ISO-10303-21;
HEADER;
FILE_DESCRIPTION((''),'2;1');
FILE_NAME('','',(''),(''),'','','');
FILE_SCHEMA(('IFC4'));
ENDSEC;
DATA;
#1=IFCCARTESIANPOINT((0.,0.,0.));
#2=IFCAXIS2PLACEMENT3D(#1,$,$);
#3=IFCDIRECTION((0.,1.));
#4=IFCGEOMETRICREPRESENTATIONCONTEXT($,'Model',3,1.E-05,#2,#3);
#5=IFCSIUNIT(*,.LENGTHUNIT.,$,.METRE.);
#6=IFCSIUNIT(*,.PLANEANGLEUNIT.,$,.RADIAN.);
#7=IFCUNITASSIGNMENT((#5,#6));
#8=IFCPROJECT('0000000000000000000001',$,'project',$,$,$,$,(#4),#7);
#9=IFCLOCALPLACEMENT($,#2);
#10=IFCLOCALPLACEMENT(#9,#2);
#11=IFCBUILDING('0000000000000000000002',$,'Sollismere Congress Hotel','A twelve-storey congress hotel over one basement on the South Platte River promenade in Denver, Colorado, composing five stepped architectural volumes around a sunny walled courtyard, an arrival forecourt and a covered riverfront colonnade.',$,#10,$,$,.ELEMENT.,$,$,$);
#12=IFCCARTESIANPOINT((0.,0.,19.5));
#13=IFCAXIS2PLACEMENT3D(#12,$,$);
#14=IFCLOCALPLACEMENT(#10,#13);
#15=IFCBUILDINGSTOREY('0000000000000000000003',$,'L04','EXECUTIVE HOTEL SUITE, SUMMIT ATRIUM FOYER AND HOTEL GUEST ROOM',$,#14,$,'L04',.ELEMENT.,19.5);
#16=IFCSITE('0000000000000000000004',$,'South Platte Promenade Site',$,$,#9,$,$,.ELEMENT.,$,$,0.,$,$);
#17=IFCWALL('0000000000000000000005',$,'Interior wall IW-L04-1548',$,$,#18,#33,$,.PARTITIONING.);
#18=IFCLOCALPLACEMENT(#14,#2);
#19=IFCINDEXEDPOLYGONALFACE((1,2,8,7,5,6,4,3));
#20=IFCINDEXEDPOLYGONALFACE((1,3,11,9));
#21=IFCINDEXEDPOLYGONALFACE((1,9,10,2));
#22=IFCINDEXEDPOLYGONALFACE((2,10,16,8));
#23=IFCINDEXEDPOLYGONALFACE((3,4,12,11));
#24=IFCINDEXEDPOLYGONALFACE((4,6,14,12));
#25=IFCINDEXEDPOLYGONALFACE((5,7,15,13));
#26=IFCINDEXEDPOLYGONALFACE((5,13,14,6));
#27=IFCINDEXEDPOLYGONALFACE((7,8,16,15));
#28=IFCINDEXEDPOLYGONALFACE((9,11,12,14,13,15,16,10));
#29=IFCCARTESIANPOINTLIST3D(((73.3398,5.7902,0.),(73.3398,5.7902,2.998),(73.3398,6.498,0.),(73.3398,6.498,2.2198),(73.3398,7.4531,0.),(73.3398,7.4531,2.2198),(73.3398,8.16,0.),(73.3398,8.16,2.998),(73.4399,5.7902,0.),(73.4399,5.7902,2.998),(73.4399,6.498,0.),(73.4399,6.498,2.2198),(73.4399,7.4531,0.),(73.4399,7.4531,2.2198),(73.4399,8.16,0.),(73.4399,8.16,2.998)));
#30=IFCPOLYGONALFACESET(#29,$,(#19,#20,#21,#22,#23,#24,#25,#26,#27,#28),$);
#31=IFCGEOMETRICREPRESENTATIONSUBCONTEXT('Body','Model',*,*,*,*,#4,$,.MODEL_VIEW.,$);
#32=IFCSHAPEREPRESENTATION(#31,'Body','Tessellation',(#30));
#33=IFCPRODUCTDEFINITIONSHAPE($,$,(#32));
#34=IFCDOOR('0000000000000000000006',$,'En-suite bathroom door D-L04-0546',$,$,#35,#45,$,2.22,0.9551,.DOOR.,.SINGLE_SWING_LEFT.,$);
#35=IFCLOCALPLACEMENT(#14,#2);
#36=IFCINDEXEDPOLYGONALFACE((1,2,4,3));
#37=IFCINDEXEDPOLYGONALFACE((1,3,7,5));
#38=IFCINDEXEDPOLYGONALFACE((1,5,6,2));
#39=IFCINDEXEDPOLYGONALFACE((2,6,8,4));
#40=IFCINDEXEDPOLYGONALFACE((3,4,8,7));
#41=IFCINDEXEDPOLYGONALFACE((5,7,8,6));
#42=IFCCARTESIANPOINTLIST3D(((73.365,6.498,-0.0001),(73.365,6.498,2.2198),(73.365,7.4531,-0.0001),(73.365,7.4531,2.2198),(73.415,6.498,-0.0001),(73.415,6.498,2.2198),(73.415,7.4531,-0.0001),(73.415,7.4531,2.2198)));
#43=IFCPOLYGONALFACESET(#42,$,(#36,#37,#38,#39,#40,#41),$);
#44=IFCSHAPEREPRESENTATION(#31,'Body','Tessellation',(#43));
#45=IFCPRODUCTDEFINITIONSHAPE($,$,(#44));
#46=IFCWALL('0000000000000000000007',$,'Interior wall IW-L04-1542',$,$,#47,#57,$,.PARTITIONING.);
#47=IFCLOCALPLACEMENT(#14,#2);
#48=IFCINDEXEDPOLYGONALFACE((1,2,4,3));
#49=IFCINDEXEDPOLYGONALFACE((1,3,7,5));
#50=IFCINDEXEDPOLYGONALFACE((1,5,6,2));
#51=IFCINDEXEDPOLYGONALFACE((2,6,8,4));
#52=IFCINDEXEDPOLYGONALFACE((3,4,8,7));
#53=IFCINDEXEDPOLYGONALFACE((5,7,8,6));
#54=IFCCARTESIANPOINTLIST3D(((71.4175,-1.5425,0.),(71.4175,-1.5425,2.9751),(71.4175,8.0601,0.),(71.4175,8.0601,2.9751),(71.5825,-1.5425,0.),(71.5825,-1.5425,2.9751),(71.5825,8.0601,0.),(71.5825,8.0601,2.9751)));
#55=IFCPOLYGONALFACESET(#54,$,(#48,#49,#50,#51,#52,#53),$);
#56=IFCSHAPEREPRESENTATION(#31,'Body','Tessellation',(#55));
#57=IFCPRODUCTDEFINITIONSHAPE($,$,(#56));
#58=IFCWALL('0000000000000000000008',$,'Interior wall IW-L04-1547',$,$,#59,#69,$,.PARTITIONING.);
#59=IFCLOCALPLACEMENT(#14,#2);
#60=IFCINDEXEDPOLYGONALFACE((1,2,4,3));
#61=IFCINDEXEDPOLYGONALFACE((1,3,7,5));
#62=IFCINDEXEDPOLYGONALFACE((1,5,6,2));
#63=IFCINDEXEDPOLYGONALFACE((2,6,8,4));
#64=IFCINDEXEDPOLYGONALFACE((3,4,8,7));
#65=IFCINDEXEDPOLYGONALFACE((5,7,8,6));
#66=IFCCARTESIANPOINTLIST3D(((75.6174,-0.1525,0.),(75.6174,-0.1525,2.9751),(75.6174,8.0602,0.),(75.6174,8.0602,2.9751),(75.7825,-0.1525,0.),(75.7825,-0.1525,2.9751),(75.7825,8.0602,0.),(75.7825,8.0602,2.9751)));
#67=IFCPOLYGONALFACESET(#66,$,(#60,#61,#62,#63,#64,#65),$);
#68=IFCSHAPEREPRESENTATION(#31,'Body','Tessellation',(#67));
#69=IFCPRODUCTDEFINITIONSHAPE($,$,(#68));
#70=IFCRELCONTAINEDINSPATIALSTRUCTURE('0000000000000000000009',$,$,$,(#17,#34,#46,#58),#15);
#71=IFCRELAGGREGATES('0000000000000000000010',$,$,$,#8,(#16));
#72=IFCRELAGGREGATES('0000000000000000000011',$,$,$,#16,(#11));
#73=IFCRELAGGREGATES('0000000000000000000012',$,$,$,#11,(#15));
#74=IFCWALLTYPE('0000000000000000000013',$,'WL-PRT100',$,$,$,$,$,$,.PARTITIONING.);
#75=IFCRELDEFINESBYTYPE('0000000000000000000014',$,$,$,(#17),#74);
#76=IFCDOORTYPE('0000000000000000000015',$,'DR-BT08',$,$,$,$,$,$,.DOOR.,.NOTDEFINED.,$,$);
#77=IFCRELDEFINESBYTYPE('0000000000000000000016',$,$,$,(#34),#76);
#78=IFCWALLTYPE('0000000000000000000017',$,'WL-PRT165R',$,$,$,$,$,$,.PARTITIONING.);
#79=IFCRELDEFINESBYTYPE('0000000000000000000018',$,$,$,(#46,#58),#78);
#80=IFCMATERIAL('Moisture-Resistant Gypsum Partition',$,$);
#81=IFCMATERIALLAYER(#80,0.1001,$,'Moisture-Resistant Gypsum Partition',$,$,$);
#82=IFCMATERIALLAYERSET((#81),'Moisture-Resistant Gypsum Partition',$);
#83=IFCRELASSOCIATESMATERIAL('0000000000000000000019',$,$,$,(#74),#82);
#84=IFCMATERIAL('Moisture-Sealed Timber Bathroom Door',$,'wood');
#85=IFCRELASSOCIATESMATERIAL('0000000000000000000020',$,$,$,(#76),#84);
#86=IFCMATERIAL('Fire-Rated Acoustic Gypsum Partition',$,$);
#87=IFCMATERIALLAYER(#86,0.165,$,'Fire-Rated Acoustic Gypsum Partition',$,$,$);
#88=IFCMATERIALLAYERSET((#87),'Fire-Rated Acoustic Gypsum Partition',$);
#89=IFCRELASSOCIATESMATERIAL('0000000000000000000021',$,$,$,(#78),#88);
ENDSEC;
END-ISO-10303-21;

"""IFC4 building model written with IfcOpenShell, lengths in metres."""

from ifc_helpers import new_model, si_unit, direction, frame, frame_2d, origin, place, context, subcontext, project, spatial, rectangle, extrude, material, layer, layer_set, type_object, element, fill, save


model = new_model("IFC4")

# Units and contexts
model_context = context("Model", 3, precision=1e-05, world=origin(), true_north=direction((0.0, 1.0)))
body_context = subcontext(model_context, "Body", "Model", "MODEL_VIEW")
ifc_project = project(units=[si_unit("LENGTHUNIT", "METRE"), si_unit("PLANEANGLEUNIT", "RADIAN")], contexts=[model_context])

# Site, building, storey
site_placement = place(None, origin())
site = spatial("IfcSite", under=ifc_project, at=site_placement, Name="South Platte Promenade Site", CompositionType="ELEMENT", RefElevation=0.0)
building_placement = place(site_placement, origin())
building = spatial("IfcBuilding", under=site, at=building_placement, Name="Sollismere Congress Hotel", Description="A twelve-storey congress hotel over one basement on the South Platte River promenade in Denver, Colorado, composing five stepped architectural volumes around a sunny walled courtyard, an arrival forecourt and a covered riverfront colonnade.", CompositionType="ELEMENT")
storey_placement = place(building_placement, frame((0.0, 0.0, 19.5)))
storey = spatial("IfcBuildingStorey", under=building, at=storey_placement, Name="L04", Description="EXECUTIVE HOTEL SUITE, SUMMIT ATRIUM FOYER AND HOTEL GUEST ROOM", LongName="L04", CompositionType="ELEMENT", Elevation=19.5)

# Wall, opening, door
ifc_material_1 = material(Name="Moisture-Resistant Gypsum Partition")
ifc_layer_1 = layer(ifc_material_1, 0.1001, Name="Moisture-Resistant Gypsum Partition")
ifc_layer_set_1 = layer_set([ifc_layer_1], Name="Moisture-Resistant Gypsum Partition")
wall_type_1 = type_object("IfcWallType", Name="WL-PRT100", PredefinedType="PARTITIONING", material=ifc_layer_set_1)
ifc_material_2 = material(Name="Moisture-Sealed Timber Bathroom Door", Category="wood")
wall_1_placement = place(storey_placement, frame((73.3899, 5.79, 0.0), z_axis=(0.0, 0.0, 1.0), x_axis=(0.0, 1.0, 0.0)))
wall_1 = element("IfcWall", 1, at=wall_1_placement, inside=storey, type_object=wall_type_1, Name="Interior wall IW-L04-1548", PredefinedType="PARTITIONING", context=body_context, shape_type="SweptSolid", body=[
    extrude(rectangle(XDim=2.3699, YDim=0.1001, at=frame_2d((1.1851, 0.0))), origin(), (0.0, 0.0, 1.0), 2.998),
])
opening_1_placement = place(wall_1_placement, frame((0.708, 0.0, 0.0)))
opening_1 = element("IfcOpeningElement", 2, at=opening_1_placement, cuts=wall_1, PredefinedType="OPENING", context=body_context, shape_type="SweptSolid", body=[
    extrude(rectangle(XDim=0.9551, YDim=2.22, at=frame_2d((0.4775, 1.1099))), frame((0.0, 0.0601, 0.0), z_axis=(0.0, -1.0, 0.0), x_axis=(1.0, 0.0, 0.0)), (0.0, 0.0, 1.0), 0.1201),
])
door_type_1 = type_object("IfcDoorType", Name="DR-BT08", OperationType="NOTDEFINED", PredefinedType="DOOR", material=ifc_material_2)
door_1_placement = place(opening_1_placement, origin())
door_1 = element("IfcDoor", 3, at=door_1_placement, inside=storey, type_object=door_type_1, Name="En-suite bathroom door D-L04-0546", OperationType="SINGLE_SWING_LEFT", OverallHeight=2.22, OverallWidth=0.9551, PredefinedType="DOOR", context=body_context, shape_type="SweptSolid", body=[
    extrude(rectangle(XDim=0.9551, YDim=2.22, at=frame_2d((0.4775, 1.1099))), frame((0.0, 0.0249, 0.0), z_axis=(0.0, -1.0, 0.0), x_axis=(1.0, 0.0, 0.0)), (0.0, 0.0, 1.0), 0.05),
])
fill(opening_1, door_1)

# Walls
ifc_material_3 = material(Name="Fire-Rated Acoustic Gypsum Partition")
ifc_layer_2 = layer(ifc_material_3, 0.165, Name="Fire-Rated Acoustic Gypsum Partition")
ifc_layer_set_2 = layer_set([ifc_layer_2], Name="Fire-Rated Acoustic Gypsum Partition")
wall_type_2 = type_object("IfcWallType", Name="WL-PRT165R", PredefinedType="PARTITIONING", material=ifc_layer_set_2)
wall_2_placement = place(storey_placement, frame((71.5, -1.5425, 0.0), z_axis=(0.0, 0.0, 1.0), x_axis=(0.0, 1.0, 0.0)))
element("IfcWall", 4, at=wall_2_placement, inside=storey, type_object=wall_type_2, Name="Interior wall IW-L04-1542", PredefinedType="PARTITIONING", context=body_context, shape_type="SweptSolid", body=[
    extrude(rectangle(XDim=9.6025, YDim=0.165, at=frame_2d((4.8013, 0.0))), origin(), (0.0, 0.0, 1.0), 2.9751),
])
wall_3_placement = place(storey_placement, frame((75.7, -0.1526, 0.0), z_axis=(0.0, 0.0, 1.0), x_axis=(0.0, 1.0, 0.0)))
element("IfcWall", 5, at=wall_3_placement, inside=storey, type_object=wall_type_2, Name="Interior wall IW-L04-1547", PredefinedType="PARTITIONING", context=body_context, shape_type="SweptSolid", body=[
    extrude(rectangle(XDim=8.2126, YDim=0.165, at=frame_2d((4.1064, 0.0))), origin(), (0.0, 0.0, 1.0), 2.9751),
])

save(model, "model.ifc")
